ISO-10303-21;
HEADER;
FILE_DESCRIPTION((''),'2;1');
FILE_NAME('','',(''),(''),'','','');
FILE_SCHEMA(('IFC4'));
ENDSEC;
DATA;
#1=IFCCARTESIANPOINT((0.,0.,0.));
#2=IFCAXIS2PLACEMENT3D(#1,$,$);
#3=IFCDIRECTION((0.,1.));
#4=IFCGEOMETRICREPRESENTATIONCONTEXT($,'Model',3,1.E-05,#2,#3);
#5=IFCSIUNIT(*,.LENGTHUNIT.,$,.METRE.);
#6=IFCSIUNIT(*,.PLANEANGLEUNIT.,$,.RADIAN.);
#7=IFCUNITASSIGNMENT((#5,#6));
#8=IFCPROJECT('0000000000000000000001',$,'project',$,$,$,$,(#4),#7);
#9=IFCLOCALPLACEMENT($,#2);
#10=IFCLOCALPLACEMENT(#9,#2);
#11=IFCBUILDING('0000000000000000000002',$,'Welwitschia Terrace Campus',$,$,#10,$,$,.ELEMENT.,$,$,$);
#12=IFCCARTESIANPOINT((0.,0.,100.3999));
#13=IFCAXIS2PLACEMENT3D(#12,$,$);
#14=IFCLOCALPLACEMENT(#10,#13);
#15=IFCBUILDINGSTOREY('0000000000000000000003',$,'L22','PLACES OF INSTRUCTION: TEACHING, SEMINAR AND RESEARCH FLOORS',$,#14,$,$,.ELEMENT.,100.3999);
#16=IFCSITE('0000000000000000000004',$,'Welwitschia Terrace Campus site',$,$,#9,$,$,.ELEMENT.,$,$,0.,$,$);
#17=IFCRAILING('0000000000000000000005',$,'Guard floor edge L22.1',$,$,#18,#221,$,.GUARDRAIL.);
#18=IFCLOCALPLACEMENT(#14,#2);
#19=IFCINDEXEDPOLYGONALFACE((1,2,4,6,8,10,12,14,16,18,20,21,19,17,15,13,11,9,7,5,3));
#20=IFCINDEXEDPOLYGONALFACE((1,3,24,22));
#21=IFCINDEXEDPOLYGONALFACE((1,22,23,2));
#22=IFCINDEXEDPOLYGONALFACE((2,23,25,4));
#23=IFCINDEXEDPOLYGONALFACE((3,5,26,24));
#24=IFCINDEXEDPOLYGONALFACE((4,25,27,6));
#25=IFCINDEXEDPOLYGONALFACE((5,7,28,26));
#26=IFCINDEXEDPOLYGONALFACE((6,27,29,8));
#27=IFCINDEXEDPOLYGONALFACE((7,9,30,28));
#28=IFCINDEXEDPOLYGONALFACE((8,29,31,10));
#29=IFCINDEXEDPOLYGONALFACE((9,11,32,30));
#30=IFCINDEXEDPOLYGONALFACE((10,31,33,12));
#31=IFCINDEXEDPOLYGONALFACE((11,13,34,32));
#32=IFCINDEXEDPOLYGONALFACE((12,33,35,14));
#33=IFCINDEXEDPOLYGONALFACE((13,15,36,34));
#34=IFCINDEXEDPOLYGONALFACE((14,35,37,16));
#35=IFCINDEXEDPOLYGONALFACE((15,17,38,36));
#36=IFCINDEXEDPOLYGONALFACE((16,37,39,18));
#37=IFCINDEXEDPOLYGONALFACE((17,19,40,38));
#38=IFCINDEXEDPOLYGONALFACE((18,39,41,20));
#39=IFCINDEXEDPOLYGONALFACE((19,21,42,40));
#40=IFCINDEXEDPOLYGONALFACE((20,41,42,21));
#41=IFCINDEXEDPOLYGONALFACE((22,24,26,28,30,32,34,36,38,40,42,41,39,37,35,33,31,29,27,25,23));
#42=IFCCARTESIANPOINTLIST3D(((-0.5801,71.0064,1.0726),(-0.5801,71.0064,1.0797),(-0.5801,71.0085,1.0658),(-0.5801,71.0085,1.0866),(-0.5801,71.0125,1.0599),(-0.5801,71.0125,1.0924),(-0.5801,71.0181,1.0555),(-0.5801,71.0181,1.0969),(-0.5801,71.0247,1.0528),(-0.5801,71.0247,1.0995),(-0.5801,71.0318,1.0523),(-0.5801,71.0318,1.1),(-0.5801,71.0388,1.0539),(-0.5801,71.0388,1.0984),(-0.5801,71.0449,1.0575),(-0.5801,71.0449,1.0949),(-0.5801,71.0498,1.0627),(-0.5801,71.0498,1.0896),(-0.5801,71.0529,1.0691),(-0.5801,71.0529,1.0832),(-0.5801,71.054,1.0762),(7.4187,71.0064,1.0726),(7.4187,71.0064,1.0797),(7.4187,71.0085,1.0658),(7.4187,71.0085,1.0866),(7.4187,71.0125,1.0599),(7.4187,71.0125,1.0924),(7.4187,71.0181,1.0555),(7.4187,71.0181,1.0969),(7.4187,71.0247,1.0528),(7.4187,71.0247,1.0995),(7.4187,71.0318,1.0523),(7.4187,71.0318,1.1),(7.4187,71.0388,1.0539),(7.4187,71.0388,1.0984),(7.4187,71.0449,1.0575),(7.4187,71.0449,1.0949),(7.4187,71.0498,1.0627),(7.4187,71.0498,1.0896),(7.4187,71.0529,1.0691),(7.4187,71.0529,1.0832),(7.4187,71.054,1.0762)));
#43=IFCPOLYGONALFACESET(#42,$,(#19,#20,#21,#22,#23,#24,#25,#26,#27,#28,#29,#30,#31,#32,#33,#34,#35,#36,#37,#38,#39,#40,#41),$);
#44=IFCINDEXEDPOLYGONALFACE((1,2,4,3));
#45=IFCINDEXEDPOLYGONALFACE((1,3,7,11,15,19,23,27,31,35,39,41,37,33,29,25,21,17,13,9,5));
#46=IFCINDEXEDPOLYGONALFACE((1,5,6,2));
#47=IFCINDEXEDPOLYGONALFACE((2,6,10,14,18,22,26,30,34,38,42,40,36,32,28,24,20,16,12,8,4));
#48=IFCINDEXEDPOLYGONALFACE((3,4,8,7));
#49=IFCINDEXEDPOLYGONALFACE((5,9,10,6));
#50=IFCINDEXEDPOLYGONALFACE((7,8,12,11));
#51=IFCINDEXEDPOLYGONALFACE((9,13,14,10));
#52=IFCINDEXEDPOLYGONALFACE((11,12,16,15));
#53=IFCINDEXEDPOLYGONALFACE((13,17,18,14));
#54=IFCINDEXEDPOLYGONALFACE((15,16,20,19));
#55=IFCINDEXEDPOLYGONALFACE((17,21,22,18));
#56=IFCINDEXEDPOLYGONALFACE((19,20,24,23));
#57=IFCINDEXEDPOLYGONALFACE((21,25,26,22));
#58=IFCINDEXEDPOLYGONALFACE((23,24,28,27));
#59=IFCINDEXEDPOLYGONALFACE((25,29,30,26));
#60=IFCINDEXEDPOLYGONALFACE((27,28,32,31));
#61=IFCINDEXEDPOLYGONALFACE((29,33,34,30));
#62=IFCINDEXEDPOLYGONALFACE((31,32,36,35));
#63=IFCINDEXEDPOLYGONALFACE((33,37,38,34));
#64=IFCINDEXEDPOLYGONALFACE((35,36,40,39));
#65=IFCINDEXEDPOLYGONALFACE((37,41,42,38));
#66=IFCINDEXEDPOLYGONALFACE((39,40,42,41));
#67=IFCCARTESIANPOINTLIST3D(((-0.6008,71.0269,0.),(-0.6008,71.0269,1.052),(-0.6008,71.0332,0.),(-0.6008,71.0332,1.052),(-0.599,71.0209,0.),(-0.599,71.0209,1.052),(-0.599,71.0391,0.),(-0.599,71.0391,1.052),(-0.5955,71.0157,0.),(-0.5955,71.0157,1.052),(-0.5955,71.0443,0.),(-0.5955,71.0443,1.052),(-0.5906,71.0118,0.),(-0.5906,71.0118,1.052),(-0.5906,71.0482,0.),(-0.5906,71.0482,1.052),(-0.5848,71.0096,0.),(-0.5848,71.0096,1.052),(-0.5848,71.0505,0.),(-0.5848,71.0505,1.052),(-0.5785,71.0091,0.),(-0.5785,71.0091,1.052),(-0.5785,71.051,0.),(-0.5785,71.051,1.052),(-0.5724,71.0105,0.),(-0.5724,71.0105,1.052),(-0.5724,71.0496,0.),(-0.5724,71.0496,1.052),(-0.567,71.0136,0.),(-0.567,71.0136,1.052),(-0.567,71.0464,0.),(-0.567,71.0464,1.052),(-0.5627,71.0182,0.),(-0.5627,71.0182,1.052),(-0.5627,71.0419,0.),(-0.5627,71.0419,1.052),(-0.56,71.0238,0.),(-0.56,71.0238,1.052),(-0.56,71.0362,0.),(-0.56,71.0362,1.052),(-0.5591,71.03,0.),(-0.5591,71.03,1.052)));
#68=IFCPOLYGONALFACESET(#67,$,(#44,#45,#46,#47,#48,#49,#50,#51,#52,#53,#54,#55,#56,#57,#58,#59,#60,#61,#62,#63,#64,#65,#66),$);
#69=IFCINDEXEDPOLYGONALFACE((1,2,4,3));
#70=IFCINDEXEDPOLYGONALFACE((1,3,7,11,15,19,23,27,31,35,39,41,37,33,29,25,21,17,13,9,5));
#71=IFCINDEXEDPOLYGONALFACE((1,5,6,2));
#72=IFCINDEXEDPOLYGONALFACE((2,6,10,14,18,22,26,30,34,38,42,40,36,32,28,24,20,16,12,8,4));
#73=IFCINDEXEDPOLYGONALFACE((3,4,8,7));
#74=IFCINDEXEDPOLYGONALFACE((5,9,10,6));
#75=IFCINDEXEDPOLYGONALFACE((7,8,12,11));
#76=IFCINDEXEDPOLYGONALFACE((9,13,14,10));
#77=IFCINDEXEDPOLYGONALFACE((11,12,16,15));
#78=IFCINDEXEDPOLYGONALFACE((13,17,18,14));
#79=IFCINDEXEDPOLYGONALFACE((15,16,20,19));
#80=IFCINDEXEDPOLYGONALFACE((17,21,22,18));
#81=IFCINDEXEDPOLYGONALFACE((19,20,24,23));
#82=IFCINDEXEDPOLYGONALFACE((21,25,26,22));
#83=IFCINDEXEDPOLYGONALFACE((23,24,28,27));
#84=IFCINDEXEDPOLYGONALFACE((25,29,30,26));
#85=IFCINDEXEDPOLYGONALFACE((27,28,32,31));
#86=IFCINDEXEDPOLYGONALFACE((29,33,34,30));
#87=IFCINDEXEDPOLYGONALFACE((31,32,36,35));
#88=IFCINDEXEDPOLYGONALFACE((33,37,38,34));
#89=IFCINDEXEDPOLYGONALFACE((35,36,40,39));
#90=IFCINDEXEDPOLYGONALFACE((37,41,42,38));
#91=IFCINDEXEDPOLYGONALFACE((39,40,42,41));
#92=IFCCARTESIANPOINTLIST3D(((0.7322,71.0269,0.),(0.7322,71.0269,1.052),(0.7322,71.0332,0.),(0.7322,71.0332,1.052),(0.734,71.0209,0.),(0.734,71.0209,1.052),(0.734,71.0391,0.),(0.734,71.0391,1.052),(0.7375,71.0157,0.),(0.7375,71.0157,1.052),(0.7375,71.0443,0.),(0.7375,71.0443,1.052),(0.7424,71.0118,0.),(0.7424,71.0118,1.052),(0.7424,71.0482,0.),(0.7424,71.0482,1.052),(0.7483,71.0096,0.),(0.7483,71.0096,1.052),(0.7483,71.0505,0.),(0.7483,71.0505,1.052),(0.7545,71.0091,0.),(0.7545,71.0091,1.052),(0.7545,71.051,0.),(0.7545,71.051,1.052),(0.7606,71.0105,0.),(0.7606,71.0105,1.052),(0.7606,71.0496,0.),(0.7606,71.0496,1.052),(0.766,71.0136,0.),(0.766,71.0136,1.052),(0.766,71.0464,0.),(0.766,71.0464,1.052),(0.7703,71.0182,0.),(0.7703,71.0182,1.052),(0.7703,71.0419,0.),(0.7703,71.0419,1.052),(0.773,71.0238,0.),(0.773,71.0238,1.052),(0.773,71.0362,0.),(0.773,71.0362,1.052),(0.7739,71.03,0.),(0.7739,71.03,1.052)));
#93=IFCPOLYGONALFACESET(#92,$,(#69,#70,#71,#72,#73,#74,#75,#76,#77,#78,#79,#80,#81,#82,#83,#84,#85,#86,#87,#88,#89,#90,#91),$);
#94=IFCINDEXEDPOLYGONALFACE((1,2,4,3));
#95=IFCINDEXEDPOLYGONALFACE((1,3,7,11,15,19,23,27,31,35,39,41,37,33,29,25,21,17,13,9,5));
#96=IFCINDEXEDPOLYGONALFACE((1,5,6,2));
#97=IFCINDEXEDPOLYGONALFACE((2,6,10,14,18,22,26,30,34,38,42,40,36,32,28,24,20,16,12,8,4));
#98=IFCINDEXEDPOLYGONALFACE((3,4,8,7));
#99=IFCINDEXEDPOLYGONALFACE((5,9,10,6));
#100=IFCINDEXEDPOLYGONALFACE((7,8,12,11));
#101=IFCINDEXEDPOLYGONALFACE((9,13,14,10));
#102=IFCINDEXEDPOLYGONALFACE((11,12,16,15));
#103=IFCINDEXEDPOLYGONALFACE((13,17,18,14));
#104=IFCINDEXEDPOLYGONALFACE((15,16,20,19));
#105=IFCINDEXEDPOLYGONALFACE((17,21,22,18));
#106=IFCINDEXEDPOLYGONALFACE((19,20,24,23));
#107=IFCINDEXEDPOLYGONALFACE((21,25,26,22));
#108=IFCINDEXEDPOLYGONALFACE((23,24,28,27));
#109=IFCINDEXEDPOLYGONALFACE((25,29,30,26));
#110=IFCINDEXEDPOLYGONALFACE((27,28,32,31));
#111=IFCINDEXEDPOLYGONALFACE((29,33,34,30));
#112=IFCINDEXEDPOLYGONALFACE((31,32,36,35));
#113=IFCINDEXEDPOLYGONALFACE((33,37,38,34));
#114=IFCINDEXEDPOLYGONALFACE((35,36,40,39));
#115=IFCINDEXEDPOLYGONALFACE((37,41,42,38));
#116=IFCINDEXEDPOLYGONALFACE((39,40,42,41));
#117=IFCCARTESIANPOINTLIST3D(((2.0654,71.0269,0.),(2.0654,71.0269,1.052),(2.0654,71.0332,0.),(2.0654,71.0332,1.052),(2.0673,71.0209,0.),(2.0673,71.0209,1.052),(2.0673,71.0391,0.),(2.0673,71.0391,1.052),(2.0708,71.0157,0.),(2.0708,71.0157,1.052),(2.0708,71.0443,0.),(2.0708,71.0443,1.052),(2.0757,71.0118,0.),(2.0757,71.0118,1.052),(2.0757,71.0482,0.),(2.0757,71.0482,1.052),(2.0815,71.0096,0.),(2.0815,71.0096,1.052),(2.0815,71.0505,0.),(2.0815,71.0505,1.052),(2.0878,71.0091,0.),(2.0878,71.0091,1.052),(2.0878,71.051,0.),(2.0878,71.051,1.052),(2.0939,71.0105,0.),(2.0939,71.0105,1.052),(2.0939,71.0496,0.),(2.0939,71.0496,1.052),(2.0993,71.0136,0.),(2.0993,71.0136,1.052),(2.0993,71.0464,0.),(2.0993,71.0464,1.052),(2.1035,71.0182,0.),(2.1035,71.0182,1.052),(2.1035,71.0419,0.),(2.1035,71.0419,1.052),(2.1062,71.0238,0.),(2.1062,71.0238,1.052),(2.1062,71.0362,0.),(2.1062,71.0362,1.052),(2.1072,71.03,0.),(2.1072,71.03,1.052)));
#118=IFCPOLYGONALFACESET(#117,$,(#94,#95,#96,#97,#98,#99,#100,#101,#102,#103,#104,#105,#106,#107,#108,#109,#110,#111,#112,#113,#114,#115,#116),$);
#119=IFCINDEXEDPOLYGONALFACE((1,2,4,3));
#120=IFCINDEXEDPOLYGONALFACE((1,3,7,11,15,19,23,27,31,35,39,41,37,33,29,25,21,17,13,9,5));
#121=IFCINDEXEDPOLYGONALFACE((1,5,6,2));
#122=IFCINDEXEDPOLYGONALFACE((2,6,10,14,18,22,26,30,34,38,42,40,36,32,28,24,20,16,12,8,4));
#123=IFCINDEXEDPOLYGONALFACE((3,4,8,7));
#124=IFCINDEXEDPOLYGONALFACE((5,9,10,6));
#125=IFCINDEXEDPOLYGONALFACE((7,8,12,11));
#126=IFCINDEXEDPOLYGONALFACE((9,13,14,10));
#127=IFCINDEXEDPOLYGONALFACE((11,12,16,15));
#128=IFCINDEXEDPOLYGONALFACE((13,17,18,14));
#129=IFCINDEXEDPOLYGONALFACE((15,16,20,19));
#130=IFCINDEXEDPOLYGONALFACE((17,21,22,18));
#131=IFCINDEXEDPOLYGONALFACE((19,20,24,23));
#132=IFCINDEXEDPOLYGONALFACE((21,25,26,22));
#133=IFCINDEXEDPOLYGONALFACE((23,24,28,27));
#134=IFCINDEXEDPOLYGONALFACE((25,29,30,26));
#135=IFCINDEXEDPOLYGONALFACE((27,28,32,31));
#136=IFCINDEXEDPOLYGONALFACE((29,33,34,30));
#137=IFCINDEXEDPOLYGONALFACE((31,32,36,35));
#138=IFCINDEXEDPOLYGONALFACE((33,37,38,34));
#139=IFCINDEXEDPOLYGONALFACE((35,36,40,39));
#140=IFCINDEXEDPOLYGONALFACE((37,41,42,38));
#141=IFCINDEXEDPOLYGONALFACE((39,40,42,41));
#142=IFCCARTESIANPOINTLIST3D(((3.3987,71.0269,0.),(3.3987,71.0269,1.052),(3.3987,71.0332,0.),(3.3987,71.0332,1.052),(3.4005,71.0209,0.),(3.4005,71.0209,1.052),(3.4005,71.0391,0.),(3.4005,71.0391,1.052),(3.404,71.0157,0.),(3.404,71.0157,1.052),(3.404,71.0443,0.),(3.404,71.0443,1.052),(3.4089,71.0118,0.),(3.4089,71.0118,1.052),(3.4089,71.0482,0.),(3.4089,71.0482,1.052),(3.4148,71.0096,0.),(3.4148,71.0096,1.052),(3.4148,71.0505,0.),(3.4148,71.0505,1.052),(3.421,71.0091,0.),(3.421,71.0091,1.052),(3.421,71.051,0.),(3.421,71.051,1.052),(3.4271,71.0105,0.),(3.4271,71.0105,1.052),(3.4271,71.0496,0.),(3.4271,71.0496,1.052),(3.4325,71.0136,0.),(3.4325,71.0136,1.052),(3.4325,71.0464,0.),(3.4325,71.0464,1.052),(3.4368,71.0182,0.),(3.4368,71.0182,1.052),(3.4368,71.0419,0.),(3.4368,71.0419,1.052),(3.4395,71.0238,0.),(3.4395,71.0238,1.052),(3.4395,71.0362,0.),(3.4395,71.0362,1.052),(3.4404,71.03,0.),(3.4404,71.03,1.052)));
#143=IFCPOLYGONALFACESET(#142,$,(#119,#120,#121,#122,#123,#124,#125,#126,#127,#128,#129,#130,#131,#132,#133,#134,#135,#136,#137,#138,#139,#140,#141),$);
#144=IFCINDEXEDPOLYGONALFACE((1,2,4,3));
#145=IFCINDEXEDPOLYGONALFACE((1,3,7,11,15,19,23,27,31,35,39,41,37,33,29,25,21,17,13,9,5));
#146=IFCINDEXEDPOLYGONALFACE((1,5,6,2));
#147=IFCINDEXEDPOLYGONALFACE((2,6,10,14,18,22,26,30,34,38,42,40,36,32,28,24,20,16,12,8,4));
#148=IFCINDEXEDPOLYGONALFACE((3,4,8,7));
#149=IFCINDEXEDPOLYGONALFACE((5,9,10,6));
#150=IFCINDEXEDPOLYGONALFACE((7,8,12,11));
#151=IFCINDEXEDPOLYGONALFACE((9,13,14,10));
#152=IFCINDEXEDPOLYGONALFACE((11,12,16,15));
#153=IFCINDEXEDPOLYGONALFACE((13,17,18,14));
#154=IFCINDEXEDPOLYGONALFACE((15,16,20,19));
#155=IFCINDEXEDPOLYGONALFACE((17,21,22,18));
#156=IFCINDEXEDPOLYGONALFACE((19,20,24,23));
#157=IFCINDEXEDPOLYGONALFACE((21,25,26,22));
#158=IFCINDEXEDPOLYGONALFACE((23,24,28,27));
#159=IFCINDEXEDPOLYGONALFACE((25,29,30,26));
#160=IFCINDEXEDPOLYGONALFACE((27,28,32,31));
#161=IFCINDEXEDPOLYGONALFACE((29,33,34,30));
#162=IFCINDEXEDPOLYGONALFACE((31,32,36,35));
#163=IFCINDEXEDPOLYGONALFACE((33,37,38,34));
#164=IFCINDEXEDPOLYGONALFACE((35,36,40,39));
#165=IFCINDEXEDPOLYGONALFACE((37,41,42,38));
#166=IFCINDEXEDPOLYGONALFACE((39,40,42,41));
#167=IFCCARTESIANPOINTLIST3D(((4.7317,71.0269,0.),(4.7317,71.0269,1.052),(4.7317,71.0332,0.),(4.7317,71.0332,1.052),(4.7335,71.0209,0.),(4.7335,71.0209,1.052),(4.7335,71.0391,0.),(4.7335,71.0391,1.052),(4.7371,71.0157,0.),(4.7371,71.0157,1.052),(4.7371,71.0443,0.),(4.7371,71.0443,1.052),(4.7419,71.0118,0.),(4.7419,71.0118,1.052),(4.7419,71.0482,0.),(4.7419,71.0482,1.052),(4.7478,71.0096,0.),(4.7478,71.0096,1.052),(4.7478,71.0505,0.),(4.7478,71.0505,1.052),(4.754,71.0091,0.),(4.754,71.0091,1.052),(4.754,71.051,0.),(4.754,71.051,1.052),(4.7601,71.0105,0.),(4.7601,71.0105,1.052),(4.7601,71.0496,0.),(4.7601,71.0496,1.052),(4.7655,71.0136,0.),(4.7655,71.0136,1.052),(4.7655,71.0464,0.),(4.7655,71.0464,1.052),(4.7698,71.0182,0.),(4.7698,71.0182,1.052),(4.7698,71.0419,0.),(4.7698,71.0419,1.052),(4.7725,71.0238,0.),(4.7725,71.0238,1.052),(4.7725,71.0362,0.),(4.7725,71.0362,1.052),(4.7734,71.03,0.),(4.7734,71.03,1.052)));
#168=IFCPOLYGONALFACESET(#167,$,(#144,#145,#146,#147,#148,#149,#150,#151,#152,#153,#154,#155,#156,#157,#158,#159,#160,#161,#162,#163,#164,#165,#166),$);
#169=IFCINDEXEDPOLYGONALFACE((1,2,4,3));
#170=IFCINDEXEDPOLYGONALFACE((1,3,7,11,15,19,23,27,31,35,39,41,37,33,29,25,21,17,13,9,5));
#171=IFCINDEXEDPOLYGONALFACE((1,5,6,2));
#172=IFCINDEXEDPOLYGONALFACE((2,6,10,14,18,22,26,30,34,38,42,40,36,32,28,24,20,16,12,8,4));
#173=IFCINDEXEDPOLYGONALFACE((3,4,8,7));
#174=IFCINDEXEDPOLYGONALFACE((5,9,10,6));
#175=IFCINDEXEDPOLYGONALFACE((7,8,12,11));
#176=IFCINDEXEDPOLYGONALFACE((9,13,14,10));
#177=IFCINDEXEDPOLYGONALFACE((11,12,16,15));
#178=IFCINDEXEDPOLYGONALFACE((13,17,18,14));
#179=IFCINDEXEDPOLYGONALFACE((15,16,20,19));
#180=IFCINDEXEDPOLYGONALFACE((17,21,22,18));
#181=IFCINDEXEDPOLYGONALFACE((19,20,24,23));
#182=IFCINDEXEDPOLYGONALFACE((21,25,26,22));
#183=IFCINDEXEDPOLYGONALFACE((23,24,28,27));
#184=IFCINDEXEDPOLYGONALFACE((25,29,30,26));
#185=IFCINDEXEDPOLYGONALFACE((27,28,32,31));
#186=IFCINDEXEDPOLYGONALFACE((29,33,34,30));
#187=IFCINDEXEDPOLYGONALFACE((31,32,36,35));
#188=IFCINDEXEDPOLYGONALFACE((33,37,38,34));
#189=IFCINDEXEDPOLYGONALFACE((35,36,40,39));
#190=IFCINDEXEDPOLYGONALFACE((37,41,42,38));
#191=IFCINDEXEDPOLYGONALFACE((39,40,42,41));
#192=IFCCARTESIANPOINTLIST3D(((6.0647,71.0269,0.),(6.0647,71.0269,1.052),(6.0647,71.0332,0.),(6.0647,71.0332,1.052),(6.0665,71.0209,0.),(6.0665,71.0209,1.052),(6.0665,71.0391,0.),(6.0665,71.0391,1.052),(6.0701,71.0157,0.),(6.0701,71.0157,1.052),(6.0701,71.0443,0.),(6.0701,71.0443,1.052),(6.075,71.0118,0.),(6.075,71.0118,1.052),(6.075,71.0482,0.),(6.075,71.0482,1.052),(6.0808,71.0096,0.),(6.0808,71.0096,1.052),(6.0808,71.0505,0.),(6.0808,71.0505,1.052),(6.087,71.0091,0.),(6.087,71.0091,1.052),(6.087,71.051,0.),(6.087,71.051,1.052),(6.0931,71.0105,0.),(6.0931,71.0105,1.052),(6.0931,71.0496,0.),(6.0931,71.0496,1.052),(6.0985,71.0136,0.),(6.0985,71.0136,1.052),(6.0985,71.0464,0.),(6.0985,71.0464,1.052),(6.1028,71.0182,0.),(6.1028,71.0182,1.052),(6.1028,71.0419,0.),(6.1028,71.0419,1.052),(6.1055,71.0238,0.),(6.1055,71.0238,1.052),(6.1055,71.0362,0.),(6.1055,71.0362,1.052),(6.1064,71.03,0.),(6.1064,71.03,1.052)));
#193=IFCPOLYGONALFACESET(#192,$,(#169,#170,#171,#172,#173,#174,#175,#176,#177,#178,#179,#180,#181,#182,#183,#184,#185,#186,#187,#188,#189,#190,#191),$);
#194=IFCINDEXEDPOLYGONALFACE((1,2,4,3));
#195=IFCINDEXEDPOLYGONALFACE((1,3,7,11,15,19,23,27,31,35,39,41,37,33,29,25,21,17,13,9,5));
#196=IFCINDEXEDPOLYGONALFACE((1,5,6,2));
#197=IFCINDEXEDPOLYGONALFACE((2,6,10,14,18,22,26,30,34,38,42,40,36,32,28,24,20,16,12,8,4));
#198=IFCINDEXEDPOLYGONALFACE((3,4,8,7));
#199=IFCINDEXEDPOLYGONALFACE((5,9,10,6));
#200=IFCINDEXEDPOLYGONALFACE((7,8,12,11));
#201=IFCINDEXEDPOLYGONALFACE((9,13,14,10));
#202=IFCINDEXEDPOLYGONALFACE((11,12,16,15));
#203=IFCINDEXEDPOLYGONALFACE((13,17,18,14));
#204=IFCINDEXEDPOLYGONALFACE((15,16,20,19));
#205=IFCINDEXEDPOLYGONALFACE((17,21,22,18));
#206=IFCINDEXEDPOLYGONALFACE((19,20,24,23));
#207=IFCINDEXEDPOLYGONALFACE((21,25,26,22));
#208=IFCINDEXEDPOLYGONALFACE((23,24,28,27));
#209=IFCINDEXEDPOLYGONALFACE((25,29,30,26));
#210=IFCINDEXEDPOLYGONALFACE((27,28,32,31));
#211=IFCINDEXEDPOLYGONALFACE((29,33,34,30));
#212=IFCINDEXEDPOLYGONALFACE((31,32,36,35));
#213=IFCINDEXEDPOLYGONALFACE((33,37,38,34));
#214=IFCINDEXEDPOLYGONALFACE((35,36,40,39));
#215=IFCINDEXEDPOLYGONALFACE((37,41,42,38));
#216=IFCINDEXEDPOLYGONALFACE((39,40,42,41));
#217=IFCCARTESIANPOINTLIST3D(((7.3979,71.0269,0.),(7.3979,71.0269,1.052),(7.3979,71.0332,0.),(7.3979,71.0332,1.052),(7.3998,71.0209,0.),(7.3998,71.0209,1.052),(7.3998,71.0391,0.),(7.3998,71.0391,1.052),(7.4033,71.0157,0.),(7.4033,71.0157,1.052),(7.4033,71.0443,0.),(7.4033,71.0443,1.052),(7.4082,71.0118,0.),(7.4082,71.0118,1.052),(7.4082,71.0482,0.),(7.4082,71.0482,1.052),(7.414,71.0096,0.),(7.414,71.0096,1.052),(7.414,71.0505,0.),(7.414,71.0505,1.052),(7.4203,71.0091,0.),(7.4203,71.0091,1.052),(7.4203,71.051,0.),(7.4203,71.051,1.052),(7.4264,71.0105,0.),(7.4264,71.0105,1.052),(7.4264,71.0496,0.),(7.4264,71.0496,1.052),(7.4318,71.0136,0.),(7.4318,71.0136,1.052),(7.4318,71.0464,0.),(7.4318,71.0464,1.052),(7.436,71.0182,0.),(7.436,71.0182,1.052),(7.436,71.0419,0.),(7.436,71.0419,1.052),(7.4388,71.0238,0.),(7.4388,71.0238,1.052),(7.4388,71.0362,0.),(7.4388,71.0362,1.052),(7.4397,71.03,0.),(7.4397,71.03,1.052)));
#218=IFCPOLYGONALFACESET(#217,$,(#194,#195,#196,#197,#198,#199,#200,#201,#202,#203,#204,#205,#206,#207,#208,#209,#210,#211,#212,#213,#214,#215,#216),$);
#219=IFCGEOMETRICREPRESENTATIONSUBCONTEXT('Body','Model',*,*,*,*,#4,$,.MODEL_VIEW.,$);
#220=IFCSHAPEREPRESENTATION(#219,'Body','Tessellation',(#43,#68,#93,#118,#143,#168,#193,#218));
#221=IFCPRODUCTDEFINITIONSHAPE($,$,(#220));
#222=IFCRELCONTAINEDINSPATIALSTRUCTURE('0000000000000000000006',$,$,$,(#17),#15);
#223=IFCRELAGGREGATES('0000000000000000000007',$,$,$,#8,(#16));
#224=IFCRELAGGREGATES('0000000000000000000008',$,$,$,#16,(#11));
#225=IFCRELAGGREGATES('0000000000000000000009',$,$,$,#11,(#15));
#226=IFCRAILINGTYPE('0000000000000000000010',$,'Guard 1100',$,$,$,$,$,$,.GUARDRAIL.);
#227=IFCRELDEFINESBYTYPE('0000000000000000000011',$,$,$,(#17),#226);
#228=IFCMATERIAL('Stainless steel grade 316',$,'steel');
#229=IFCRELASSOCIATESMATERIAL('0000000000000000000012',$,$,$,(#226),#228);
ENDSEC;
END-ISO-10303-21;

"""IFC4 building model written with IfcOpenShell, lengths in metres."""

from ifc_helpers import new_model, si_unit, direction, frame, origin, origin_2d, place, context, subcontext, project, spatial, circle, extrude, material, type_object, element, save


model = new_model("IFC4")

# Units and contexts
model_context = context("Model", 3, precision=1e-05, world=origin(), true_north=direction((0.0, 1.0)))
body_context = subcontext(model_context, "Body", "Model", "MODEL_VIEW")
ifc_project = project(units=[si_unit("LENGTHUNIT", "METRE"), si_unit("PLANEANGLEUNIT", "RADIAN")], contexts=[model_context])

# Site, building, storey
site_placement = place(None, origin())
site = spatial("IfcSite", under=ifc_project, at=site_placement, Name="Welwitschia Terrace Campus site", CompositionType="ELEMENT", RefElevation=0.0)
building_placement = place(site_placement, origin())
building = spatial("IfcBuilding", under=site, at=building_placement, Name="Welwitschia Terrace Campus", CompositionType="ELEMENT")
storey_placement = place(building_placement, frame((0.0, 0.0, 100.3999)))
storey = spatial("IfcBuildingStorey", under=building, at=storey_placement, Name="L22", Description="PLACES OF INSTRUCTION: TEACHING, SEMINAR AND RESEARCH FLOORS", CompositionType="ELEMENT", Elevation=100.3999)

# Railing
ifc_material_1 = material(Name="Stainless steel grade 316", Category="steel")
railing_type = type_object("IfcRailingType", Name="Guard 1100", PredefinedType="GUARDRAIL", material=ifc_material_1)
railing_1_placement = place(storey_placement, frame((-0.5801, 71.03, 0.0)))
element("IfcRailing", 1, at=railing_1_placement, inside=storey, type_object=railing_type, Name="Guard floor edge L22.1", PredefinedType="GUARDRAIL", context=body_context, shape_type="SweptSolid", body=[
    extrude(circle(Radius=0.0239, at=origin_2d()), frame((0.0, 0.0, 1.0762), z_axis=(1.0, 0.0, 0.0), x_axis=(0.0, 1.0, 0.0)), (0.0, 0.0, 1.0), 7.9988),
    extrude(circle(Radius=0.021, at=origin_2d()), origin(), (0.0, 0.0, 1.0), 1.052),
    extrude(circle(Radius=0.021, at=origin_2d()), frame((1.333, 0.0, 0.0)), (0.0, 0.0, 1.0), 1.052),
    extrude(circle(Radius=0.021, at=origin_2d()), frame((2.6663, 0.0, 0.0)), (0.0, 0.0, 1.0), 1.052),
    extrude(circle(Radius=0.021, at=origin_2d()), frame((3.9995, 0.0, 0.0)), (0.0, 0.0, 1.0), 1.052),
    extrude(circle(Radius=0.021, at=origin_2d()), frame((5.3325, 0.0, 0.0)), (0.0, 0.0, 1.0), 1.052),
    extrude(circle(Radius=0.021, at=origin_2d()), frame((6.6655, 0.0, 0.0)), (0.0, 0.0, 1.0), 1.052),
    extrude(circle(Radius=0.021, at=origin_2d()), frame((7.9988, 0.0, 0.0)), (0.0, 0.0, 1.0), 1.052),
])

save(model, "model.ifc")
